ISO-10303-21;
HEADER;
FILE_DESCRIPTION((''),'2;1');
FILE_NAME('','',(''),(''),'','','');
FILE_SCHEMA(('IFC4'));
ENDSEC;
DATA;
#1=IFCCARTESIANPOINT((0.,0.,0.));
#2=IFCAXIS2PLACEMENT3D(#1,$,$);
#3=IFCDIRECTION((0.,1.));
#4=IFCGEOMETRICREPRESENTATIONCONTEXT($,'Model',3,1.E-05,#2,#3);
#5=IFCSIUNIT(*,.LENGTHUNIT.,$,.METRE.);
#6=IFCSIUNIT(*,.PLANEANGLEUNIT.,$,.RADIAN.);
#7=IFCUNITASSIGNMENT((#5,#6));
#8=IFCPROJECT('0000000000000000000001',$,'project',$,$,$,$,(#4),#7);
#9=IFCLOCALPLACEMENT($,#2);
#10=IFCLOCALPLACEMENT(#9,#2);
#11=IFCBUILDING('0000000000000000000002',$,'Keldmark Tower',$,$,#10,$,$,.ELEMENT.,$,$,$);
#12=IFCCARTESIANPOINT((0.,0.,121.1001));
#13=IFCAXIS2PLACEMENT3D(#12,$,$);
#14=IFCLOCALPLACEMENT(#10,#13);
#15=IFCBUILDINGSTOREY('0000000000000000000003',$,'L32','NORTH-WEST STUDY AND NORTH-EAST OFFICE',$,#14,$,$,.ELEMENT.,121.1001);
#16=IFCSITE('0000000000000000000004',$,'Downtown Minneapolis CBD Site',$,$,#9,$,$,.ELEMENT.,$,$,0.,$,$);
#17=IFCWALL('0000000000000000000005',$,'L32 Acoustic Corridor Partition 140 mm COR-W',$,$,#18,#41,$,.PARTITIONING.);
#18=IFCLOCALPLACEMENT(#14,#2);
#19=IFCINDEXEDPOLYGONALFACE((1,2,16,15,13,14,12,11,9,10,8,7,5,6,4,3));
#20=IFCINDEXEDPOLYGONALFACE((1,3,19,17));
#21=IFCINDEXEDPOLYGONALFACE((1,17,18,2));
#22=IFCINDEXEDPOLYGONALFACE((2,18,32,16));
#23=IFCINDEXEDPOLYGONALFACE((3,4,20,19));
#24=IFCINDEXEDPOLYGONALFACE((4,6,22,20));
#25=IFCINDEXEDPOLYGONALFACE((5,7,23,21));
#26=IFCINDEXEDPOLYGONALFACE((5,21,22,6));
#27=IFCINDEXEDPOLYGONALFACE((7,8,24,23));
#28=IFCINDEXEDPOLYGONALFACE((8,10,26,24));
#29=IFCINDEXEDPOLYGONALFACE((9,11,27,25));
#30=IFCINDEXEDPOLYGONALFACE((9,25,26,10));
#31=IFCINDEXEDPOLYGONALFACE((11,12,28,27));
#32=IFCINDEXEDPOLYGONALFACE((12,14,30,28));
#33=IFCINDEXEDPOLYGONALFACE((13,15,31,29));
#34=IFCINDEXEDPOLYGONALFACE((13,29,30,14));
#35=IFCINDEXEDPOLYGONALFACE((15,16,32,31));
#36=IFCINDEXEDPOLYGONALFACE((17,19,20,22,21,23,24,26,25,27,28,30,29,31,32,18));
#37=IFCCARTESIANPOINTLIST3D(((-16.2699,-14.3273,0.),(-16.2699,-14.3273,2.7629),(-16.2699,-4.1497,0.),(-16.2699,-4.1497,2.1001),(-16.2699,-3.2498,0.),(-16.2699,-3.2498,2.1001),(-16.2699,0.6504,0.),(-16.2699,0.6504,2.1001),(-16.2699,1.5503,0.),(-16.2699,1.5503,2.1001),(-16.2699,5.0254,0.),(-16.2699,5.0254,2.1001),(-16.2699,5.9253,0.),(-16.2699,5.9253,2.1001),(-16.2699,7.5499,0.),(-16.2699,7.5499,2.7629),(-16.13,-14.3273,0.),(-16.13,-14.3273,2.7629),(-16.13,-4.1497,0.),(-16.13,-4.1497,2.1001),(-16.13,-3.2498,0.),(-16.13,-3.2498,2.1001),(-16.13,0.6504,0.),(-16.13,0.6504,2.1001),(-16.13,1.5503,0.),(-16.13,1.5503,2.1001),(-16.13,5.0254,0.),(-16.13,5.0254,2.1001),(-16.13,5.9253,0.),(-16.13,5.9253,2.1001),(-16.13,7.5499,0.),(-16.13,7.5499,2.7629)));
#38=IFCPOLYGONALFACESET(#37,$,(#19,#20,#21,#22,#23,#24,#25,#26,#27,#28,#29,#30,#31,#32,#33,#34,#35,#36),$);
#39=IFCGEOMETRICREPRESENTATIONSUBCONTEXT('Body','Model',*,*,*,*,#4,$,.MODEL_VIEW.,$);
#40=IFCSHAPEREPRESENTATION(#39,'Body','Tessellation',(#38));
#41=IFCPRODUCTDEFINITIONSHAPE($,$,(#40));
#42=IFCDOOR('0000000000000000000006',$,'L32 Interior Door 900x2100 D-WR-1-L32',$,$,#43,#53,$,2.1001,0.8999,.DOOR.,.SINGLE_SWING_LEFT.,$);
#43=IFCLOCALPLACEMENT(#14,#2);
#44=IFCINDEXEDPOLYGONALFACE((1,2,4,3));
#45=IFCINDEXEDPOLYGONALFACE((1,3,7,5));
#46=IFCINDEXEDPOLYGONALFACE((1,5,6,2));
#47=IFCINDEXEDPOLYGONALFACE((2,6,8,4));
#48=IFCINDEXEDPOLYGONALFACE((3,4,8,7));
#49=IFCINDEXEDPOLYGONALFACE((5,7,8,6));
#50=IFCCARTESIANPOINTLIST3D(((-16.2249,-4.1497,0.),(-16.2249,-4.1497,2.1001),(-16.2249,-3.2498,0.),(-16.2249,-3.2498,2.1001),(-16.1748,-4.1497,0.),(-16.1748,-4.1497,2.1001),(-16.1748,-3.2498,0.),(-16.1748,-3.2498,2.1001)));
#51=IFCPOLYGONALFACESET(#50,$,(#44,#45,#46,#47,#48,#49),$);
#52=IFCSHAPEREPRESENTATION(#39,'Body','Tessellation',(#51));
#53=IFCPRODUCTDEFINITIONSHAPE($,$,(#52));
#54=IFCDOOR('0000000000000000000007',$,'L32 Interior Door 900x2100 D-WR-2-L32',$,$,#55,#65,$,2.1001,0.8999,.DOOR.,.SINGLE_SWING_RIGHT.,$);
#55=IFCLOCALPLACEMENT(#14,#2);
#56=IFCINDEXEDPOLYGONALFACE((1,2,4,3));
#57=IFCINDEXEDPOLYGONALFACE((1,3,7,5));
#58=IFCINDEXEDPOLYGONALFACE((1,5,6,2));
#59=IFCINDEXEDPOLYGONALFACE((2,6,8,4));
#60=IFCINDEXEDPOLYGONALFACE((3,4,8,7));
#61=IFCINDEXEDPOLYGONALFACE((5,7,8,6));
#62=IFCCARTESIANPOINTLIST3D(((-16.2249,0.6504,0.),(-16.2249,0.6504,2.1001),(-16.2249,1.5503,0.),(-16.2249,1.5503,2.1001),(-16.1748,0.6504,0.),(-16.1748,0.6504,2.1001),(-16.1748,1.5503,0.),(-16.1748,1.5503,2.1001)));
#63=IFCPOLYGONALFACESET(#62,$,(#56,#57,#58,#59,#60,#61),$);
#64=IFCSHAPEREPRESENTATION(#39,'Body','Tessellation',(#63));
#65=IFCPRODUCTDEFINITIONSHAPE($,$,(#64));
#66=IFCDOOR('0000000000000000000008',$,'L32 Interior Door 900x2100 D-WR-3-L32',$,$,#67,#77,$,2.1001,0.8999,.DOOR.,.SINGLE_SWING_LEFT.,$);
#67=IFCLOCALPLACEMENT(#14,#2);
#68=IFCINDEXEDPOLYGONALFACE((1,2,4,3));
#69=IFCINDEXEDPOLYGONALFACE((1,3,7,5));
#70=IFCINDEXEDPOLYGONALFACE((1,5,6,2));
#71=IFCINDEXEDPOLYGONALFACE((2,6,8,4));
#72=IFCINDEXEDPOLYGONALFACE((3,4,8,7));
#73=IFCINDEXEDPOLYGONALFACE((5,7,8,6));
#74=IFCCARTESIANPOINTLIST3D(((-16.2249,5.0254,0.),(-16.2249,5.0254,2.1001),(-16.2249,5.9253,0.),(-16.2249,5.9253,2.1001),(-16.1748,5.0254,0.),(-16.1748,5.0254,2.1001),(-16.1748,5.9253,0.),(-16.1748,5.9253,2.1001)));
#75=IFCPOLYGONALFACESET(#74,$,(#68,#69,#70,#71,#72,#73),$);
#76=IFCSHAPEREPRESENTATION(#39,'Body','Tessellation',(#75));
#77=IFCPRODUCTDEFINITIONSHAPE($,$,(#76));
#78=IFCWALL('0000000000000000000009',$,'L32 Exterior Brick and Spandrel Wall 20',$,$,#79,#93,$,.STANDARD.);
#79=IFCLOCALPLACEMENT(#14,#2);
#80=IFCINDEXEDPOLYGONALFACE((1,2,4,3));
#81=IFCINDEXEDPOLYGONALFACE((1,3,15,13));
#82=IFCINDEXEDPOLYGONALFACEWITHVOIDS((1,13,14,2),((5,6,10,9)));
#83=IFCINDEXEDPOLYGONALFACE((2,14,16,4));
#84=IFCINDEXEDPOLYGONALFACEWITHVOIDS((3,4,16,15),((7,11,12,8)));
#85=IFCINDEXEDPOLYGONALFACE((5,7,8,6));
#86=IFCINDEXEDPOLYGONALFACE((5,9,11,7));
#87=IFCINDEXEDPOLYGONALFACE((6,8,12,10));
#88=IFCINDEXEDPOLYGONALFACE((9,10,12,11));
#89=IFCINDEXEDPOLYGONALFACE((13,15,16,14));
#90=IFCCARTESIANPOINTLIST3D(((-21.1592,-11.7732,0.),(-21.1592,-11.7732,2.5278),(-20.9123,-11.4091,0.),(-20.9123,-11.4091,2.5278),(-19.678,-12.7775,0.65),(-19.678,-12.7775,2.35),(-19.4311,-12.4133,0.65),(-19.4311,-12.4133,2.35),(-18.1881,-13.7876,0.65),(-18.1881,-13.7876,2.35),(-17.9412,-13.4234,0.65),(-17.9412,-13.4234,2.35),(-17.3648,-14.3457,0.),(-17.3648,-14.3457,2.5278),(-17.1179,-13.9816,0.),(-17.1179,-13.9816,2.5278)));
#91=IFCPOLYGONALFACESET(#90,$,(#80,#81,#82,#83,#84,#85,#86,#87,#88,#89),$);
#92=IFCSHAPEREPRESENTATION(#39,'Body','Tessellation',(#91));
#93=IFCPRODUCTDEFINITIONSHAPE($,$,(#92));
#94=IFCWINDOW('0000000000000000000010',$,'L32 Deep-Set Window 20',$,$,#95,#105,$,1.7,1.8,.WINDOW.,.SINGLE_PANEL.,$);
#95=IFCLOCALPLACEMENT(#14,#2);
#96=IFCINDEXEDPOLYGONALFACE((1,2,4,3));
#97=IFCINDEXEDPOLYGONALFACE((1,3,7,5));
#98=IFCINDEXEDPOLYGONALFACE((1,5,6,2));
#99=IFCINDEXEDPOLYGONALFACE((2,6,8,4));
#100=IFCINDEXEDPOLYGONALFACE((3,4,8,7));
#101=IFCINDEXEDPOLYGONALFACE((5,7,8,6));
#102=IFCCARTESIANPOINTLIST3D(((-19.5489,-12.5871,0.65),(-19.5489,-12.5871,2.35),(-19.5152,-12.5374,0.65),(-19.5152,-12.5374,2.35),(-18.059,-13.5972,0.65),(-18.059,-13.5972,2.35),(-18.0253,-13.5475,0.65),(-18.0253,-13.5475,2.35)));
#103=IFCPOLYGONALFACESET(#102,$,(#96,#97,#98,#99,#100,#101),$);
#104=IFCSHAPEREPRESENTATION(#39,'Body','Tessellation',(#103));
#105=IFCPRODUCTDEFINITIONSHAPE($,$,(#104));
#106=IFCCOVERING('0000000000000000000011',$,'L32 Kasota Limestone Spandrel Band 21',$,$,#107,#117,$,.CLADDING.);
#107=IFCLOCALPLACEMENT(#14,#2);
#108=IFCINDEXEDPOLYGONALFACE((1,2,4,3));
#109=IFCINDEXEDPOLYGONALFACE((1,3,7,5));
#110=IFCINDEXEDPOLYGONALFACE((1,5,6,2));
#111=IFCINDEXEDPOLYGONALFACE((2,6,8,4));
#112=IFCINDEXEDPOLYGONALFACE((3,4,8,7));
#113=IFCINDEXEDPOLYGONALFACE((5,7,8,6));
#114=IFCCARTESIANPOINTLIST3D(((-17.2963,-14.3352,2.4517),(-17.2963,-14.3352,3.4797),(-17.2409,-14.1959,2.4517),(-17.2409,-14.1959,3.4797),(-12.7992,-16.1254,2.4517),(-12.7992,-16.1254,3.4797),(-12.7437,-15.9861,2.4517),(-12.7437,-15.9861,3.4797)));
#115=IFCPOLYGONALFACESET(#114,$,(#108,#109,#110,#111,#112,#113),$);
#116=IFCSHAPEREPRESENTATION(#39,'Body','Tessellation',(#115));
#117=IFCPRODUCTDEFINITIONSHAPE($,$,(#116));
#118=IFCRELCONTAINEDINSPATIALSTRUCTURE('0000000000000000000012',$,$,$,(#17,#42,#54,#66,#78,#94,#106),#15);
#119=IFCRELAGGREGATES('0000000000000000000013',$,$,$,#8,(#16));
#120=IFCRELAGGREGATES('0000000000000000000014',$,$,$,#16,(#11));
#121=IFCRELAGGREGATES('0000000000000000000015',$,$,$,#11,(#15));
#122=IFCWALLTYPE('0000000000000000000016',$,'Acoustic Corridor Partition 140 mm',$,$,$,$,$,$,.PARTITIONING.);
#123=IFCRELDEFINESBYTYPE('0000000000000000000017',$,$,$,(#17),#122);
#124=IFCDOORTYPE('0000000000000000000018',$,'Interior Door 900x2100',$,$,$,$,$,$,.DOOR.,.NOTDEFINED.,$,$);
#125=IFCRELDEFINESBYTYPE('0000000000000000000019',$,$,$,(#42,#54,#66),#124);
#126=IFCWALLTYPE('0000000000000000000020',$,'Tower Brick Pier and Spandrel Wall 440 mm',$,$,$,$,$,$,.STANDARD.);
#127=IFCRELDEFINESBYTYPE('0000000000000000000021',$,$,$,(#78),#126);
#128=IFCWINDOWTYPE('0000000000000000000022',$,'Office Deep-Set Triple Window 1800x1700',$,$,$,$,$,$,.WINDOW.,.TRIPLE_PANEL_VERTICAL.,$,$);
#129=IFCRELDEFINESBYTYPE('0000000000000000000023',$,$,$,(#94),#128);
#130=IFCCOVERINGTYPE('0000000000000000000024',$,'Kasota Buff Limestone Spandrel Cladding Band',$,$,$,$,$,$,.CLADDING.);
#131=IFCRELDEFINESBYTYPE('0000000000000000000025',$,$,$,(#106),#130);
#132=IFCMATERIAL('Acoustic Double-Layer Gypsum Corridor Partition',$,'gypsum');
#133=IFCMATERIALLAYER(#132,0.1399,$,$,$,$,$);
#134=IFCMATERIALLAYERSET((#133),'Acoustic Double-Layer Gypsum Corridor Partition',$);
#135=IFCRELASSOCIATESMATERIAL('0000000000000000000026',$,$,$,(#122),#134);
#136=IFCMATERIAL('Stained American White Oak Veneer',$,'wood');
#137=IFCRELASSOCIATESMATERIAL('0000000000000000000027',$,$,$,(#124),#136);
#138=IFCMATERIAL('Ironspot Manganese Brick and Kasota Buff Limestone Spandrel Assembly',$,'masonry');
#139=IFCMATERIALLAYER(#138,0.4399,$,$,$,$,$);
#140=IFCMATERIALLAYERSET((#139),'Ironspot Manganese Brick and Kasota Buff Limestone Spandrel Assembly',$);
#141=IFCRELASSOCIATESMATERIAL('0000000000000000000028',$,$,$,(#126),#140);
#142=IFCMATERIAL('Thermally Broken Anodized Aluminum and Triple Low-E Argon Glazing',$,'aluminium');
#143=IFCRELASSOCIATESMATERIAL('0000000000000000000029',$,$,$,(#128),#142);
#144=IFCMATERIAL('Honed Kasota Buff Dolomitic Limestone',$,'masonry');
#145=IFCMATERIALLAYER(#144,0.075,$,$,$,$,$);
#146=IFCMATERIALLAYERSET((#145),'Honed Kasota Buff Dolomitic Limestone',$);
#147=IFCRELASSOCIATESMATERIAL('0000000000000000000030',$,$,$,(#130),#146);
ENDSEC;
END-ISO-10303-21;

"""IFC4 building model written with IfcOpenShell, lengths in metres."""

from ifc_helpers import new_model, si_unit, direction, frame, frame_2d, origin, origin_2d, place, context, subcontext, project, spatial, rectangle, extrude, material, layer, layer_set, type_object, element, fill, save


model = new_model("IFC4")

# Units and contexts
model_context = context("Model", 3, precision=1e-05, world=origin(), true_north=direction((0.0, 1.0)))
body_context = subcontext(model_context, "Body", "Model", "MODEL_VIEW")
ifc_project = project(units=[si_unit("LENGTHUNIT", "METRE"), si_unit("PLANEANGLEUNIT", "RADIAN")], contexts=[model_context])

# Site, building, storey
site_placement = place(None, origin())
site = spatial("IfcSite", under=ifc_project, at=site_placement, Name="Downtown Minneapolis CBD Site", CompositionType="ELEMENT", RefElevation=0.0)
building_placement = place(site_placement, origin())
building = spatial("IfcBuilding", under=site, at=building_placement, Name="Keldmark Tower", CompositionType="ELEMENT")
storey_placement = place(building_placement, frame((0.0, 0.0, 121.1001)))
storey = spatial("IfcBuildingStorey", under=building, at=storey_placement, Name="L32", Description="NORTH-WEST STUDY AND NORTH-EAST OFFICE", CompositionType="ELEMENT", Elevation=121.1001)

# Wall, openings, doors
ifc_material_1 = material(Name="Acoustic Double-Layer Gypsum Corridor Partition", Category="gypsum")
ifc_layer_1 = layer(ifc_material_1, 0.1399)
ifc_layer_set_1 = layer_set([ifc_layer_1], Name="Acoustic Double-Layer Gypsum Corridor Partition")
wall_type_1 = type_object("IfcWallType", Name="Acoustic Corridor Partition 140 mm", PredefinedType="PARTITIONING", material=ifc_layer_set_1)
ifc_material_2 = material(Name="Stained American White Oak Veneer", Category="wood")
door_type_1 = type_object("IfcDoorType", Name="Interior Door 900x2100", OperationType="NOTDEFINED", PredefinedType="DOOR", material=ifc_material_2)
wall_1_placement = place(storey_placement, frame((-16.2, -14.3271, 0.0), z_axis=(0.0, 0.0, 1.0), x_axis=(0.0, 1.0, 0.0)))
wall_1 = element("IfcWall", 1, at=wall_1_placement, inside=storey, type_object=wall_type_1, Name="L32 Acoustic Corridor Partition 140 mm COR-W", PredefinedType="PARTITIONING", context=body_context, shape_type="SweptSolid", body=[
    extrude(rectangle(XDim=21.8772, YDim=0.1399, at=frame_2d((10.9385, 0.0))), origin(), (0.0, 0.0, 1.0), 2.7629),
])
opening_1_placement = place(wall_1_placement, frame((10.1775, 0.0, 0.0)))
opening_1 = element("IfcOpeningElement", 2, at=opening_1_placement, cuts=wall_1, PredefinedType="OPENING", context=body_context, shape_type="SweptSolid", body=[
    extrude(rectangle(XDim=0.8999, YDim=2.1001, at=frame_2d((0.45, 1.05))), frame((0.0, 0.0798, 0.0), z_axis=(0.0, -1.0, 0.0), x_axis=(1.0, 0.0, 0.0)), (0.0, 0.0, 1.0), 0.1599),
])
opening_2_placement = place(wall_1_placement, frame((14.9775, 0.0, 0.0)))
opening_2 = element("IfcOpeningElement", 3, at=opening_2_placement, cuts=wall_1, PredefinedType="OPENING", context=body_context, shape_type="SweptSolid", body=[
    extrude(rectangle(XDim=0.8999, YDim=2.1001, at=frame_2d((0.45, 1.05))), frame((0.0, 0.0798, 0.0), z_axis=(0.0, -1.0, 0.0), x_axis=(1.0, 0.0, 0.0)), (0.0, 0.0, 1.0), 0.1599),
])
opening_3_placement = place(wall_1_placement, frame((19.3525, 0.0, 0.0)))
opening_3 = element("IfcOpeningElement", 4, at=opening_3_placement, cuts=wall_1, PredefinedType="OPENING", context=body_context, shape_type="SweptSolid", body=[
    extrude(rectangle(XDim=0.8999, YDim=2.1001, at=frame_2d((0.45, 1.05))), frame((0.0, 0.0798, 0.0), z_axis=(0.0, -1.0, 0.0), x_axis=(1.0, 0.0, 0.0)), (0.0, 0.0, 1.0), 0.1599),
])
door_1_placement = place(opening_1_placement, origin())
door_1 = element("IfcDoor", 5, at=door_1_placement, inside=storey, type_object=door_type_1, Name="L32 Interior Door 900x2100 D-WR-1-L32", OperationType="SINGLE_SWING_LEFT", OverallHeight=2.1001, OverallWidth=0.8999, PredefinedType="DOOR", context=body_context, shape_type="SweptSolid", body=[
    extrude(rectangle(XDim=0.8999, YDim=2.1001, at=frame_2d((0.45, 1.05))), frame((0.0, 0.0249, 0.0), z_axis=(0.0, -1.0, 0.0), x_axis=(1.0, 0.0, 0.0)), (0.0, 0.0, 1.0), 0.05),
])
fill(opening_1, door_1)
door_2_placement = place(opening_2_placement, origin())
door_2 = element("IfcDoor", 6, at=door_2_placement, inside=storey, type_object=door_type_1, Name="L32 Interior Door 900x2100 D-WR-2-L32", OperationType="SINGLE_SWING_RIGHT", OverallHeight=2.1001, OverallWidth=0.8999, PredefinedType="DOOR", context=body_context, shape_type="SweptSolid", body=[
    extrude(rectangle(XDim=0.8999, YDim=2.1001, at=frame_2d((0.45, 1.05))), frame((0.0, 0.0249, 0.0), z_axis=(0.0, -1.0, 0.0), x_axis=(1.0, 0.0, 0.0)), (0.0, 0.0, 1.0), 0.05),
])
fill(opening_2, door_2)
door_3_placement = place(opening_3_placement, origin())
door_3 = element("IfcDoor", 7, at=door_3_placement, inside=storey, type_object=door_type_1, Name="L32 Interior Door 900x2100 D-WR-3-L32", OperationType="SINGLE_SWING_LEFT", OverallHeight=2.1001, OverallWidth=0.8999, PredefinedType="DOOR", context=body_context, shape_type="SweptSolid", body=[
    extrude(rectangle(XDim=0.8999, YDim=2.1001, at=frame_2d((0.45, 1.05))), frame((0.0, 0.0249, 0.0), z_axis=(0.0, -1.0, 0.0), x_axis=(1.0, 0.0, 0.0)), (0.0, 0.0, 1.0), 0.05),
])
fill(opening_3, door_3)

# Wall, opening, window
ifc_material_3 = material(Name="Ironspot Manganese Brick and Kasota Buff Limestone Spandrel Assembly", Category="masonry")
ifc_layer_2 = layer(ifc_material_3, 0.4399)
ifc_layer_set_2 = layer_set([ifc_layer_2], Name="Ironspot Manganese Brick and Kasota Buff Limestone Spandrel Assembly")
wall_type_2 = type_object("IfcWallType", Name="Tower Brick Pier and Spandrel Wall 440 mm", PredefinedType="STANDARD", material=ifc_layer_set_2)
wall_2_placement = place(storey_placement, frame((-17.2415, -14.1636, 0.0), z_axis=(0.0, 0.0, 1.0), x_axis=(-0.827707, 0.56116, 0.0)))
wall_2 = element("IfcWall", 8, at=wall_2_placement, inside=storey, type_object=wall_type_2, Name="L32 Exterior Brick and Spandrel Wall 20", PredefinedType="STANDARD", context=body_context, shape_type="SweptSolid", body=[
    extrude(rectangle(XDim=4.5842, YDim=0.4399, at=frame_2d((2.292, 0.0))), origin(), (0.0, 0.0, 1.0), 2.5278),
])
opening_4_placement = place(wall_2_placement, frame((0.9946, 0.0, 0.6499)))
opening_4 = element("IfcOpeningElement", 9, at=opening_4_placement, cuts=wall_2, PredefinedType="OPENING", context=body_context, shape_type="SweptSolid", body=[
    extrude(rectangle(XDim=1.8, YDim=1.7, at=frame_2d((0.8999, 0.8501))), frame((0.0, 0.23, 0.0), z_axis=(0.0, -1.0, 0.0), x_axis=(1.0, 0.0, 0.0)), (0.0, 0.0, 1.0), 0.46),
])
ifc_material_4 = material(Name="Thermally Broken Anodized Aluminum and Triple Low-E Argon Glazing", Category="aluminium")
window_type = type_object("IfcWindowType", Name="Office Deep-Set Triple Window 1800x1700", PartitioningType="TRIPLE_PANEL_VERTICAL", PredefinedType="WINDOW", material=ifc_material_4)
window_placement = place(opening_4_placement, origin())
window = element("IfcWindow", 10, at=window_placement, inside=storey, type_object=window_type, Name="L32 Deep-Set Window 20", OverallHeight=1.7, OverallWidth=1.8, PartitioningType="SINGLE_PANEL", PredefinedType="WINDOW", context=body_context, shape_type="SweptSolid", body=[
    extrude(rectangle(XDim=1.8, YDim=1.7, at=frame_2d((0.8999, 0.8501))), frame((0.0, -0.01, 0.0), z_axis=(0.0, -1.0, 0.0), x_axis=(1.0, 0.0, 0.0)), (0.0, 0.0, 1.0), 0.0601),
])
fill(opening_4, window)

# Covering
ifc_material_5 = material(Name="Honed Kasota Buff Dolomitic Limestone", Category="masonry")
ifc_layer_3 = layer(ifc_material_5, 0.075)
ifc_layer_set_3 = layer_set([ifc_layer_3], Name="Honed Kasota Buff Dolomitic Limestone")
covering_type = type_object("IfcCoveringType", Name="Kasota Buff Limestone Spandrel Cladding Band", PredefinedType="CLADDING", material=ifc_layer_set_3)
covering_placement = place(storey_placement, frame((-15.02, -15.1606, 2.4517), z_axis=(0.0, 0.0, 1.0), x_axis=(0.929094, -0.369844, 0.0)))
element("IfcCovering", 11, at=covering_placement, inside=storey, type_object=covering_type, Name="L32 Kasota Limestone Spandrel Band 21", PredefinedType="CLADDING", context=body_context, shape_type="SweptSolid", body=[
    extrude(rectangle(XDim=4.8403, YDim=0.1499, at=origin_2d()), origin(), (0.0, 0.0, 1.0), 1.0281),
])

save(model, "model.ifc")
